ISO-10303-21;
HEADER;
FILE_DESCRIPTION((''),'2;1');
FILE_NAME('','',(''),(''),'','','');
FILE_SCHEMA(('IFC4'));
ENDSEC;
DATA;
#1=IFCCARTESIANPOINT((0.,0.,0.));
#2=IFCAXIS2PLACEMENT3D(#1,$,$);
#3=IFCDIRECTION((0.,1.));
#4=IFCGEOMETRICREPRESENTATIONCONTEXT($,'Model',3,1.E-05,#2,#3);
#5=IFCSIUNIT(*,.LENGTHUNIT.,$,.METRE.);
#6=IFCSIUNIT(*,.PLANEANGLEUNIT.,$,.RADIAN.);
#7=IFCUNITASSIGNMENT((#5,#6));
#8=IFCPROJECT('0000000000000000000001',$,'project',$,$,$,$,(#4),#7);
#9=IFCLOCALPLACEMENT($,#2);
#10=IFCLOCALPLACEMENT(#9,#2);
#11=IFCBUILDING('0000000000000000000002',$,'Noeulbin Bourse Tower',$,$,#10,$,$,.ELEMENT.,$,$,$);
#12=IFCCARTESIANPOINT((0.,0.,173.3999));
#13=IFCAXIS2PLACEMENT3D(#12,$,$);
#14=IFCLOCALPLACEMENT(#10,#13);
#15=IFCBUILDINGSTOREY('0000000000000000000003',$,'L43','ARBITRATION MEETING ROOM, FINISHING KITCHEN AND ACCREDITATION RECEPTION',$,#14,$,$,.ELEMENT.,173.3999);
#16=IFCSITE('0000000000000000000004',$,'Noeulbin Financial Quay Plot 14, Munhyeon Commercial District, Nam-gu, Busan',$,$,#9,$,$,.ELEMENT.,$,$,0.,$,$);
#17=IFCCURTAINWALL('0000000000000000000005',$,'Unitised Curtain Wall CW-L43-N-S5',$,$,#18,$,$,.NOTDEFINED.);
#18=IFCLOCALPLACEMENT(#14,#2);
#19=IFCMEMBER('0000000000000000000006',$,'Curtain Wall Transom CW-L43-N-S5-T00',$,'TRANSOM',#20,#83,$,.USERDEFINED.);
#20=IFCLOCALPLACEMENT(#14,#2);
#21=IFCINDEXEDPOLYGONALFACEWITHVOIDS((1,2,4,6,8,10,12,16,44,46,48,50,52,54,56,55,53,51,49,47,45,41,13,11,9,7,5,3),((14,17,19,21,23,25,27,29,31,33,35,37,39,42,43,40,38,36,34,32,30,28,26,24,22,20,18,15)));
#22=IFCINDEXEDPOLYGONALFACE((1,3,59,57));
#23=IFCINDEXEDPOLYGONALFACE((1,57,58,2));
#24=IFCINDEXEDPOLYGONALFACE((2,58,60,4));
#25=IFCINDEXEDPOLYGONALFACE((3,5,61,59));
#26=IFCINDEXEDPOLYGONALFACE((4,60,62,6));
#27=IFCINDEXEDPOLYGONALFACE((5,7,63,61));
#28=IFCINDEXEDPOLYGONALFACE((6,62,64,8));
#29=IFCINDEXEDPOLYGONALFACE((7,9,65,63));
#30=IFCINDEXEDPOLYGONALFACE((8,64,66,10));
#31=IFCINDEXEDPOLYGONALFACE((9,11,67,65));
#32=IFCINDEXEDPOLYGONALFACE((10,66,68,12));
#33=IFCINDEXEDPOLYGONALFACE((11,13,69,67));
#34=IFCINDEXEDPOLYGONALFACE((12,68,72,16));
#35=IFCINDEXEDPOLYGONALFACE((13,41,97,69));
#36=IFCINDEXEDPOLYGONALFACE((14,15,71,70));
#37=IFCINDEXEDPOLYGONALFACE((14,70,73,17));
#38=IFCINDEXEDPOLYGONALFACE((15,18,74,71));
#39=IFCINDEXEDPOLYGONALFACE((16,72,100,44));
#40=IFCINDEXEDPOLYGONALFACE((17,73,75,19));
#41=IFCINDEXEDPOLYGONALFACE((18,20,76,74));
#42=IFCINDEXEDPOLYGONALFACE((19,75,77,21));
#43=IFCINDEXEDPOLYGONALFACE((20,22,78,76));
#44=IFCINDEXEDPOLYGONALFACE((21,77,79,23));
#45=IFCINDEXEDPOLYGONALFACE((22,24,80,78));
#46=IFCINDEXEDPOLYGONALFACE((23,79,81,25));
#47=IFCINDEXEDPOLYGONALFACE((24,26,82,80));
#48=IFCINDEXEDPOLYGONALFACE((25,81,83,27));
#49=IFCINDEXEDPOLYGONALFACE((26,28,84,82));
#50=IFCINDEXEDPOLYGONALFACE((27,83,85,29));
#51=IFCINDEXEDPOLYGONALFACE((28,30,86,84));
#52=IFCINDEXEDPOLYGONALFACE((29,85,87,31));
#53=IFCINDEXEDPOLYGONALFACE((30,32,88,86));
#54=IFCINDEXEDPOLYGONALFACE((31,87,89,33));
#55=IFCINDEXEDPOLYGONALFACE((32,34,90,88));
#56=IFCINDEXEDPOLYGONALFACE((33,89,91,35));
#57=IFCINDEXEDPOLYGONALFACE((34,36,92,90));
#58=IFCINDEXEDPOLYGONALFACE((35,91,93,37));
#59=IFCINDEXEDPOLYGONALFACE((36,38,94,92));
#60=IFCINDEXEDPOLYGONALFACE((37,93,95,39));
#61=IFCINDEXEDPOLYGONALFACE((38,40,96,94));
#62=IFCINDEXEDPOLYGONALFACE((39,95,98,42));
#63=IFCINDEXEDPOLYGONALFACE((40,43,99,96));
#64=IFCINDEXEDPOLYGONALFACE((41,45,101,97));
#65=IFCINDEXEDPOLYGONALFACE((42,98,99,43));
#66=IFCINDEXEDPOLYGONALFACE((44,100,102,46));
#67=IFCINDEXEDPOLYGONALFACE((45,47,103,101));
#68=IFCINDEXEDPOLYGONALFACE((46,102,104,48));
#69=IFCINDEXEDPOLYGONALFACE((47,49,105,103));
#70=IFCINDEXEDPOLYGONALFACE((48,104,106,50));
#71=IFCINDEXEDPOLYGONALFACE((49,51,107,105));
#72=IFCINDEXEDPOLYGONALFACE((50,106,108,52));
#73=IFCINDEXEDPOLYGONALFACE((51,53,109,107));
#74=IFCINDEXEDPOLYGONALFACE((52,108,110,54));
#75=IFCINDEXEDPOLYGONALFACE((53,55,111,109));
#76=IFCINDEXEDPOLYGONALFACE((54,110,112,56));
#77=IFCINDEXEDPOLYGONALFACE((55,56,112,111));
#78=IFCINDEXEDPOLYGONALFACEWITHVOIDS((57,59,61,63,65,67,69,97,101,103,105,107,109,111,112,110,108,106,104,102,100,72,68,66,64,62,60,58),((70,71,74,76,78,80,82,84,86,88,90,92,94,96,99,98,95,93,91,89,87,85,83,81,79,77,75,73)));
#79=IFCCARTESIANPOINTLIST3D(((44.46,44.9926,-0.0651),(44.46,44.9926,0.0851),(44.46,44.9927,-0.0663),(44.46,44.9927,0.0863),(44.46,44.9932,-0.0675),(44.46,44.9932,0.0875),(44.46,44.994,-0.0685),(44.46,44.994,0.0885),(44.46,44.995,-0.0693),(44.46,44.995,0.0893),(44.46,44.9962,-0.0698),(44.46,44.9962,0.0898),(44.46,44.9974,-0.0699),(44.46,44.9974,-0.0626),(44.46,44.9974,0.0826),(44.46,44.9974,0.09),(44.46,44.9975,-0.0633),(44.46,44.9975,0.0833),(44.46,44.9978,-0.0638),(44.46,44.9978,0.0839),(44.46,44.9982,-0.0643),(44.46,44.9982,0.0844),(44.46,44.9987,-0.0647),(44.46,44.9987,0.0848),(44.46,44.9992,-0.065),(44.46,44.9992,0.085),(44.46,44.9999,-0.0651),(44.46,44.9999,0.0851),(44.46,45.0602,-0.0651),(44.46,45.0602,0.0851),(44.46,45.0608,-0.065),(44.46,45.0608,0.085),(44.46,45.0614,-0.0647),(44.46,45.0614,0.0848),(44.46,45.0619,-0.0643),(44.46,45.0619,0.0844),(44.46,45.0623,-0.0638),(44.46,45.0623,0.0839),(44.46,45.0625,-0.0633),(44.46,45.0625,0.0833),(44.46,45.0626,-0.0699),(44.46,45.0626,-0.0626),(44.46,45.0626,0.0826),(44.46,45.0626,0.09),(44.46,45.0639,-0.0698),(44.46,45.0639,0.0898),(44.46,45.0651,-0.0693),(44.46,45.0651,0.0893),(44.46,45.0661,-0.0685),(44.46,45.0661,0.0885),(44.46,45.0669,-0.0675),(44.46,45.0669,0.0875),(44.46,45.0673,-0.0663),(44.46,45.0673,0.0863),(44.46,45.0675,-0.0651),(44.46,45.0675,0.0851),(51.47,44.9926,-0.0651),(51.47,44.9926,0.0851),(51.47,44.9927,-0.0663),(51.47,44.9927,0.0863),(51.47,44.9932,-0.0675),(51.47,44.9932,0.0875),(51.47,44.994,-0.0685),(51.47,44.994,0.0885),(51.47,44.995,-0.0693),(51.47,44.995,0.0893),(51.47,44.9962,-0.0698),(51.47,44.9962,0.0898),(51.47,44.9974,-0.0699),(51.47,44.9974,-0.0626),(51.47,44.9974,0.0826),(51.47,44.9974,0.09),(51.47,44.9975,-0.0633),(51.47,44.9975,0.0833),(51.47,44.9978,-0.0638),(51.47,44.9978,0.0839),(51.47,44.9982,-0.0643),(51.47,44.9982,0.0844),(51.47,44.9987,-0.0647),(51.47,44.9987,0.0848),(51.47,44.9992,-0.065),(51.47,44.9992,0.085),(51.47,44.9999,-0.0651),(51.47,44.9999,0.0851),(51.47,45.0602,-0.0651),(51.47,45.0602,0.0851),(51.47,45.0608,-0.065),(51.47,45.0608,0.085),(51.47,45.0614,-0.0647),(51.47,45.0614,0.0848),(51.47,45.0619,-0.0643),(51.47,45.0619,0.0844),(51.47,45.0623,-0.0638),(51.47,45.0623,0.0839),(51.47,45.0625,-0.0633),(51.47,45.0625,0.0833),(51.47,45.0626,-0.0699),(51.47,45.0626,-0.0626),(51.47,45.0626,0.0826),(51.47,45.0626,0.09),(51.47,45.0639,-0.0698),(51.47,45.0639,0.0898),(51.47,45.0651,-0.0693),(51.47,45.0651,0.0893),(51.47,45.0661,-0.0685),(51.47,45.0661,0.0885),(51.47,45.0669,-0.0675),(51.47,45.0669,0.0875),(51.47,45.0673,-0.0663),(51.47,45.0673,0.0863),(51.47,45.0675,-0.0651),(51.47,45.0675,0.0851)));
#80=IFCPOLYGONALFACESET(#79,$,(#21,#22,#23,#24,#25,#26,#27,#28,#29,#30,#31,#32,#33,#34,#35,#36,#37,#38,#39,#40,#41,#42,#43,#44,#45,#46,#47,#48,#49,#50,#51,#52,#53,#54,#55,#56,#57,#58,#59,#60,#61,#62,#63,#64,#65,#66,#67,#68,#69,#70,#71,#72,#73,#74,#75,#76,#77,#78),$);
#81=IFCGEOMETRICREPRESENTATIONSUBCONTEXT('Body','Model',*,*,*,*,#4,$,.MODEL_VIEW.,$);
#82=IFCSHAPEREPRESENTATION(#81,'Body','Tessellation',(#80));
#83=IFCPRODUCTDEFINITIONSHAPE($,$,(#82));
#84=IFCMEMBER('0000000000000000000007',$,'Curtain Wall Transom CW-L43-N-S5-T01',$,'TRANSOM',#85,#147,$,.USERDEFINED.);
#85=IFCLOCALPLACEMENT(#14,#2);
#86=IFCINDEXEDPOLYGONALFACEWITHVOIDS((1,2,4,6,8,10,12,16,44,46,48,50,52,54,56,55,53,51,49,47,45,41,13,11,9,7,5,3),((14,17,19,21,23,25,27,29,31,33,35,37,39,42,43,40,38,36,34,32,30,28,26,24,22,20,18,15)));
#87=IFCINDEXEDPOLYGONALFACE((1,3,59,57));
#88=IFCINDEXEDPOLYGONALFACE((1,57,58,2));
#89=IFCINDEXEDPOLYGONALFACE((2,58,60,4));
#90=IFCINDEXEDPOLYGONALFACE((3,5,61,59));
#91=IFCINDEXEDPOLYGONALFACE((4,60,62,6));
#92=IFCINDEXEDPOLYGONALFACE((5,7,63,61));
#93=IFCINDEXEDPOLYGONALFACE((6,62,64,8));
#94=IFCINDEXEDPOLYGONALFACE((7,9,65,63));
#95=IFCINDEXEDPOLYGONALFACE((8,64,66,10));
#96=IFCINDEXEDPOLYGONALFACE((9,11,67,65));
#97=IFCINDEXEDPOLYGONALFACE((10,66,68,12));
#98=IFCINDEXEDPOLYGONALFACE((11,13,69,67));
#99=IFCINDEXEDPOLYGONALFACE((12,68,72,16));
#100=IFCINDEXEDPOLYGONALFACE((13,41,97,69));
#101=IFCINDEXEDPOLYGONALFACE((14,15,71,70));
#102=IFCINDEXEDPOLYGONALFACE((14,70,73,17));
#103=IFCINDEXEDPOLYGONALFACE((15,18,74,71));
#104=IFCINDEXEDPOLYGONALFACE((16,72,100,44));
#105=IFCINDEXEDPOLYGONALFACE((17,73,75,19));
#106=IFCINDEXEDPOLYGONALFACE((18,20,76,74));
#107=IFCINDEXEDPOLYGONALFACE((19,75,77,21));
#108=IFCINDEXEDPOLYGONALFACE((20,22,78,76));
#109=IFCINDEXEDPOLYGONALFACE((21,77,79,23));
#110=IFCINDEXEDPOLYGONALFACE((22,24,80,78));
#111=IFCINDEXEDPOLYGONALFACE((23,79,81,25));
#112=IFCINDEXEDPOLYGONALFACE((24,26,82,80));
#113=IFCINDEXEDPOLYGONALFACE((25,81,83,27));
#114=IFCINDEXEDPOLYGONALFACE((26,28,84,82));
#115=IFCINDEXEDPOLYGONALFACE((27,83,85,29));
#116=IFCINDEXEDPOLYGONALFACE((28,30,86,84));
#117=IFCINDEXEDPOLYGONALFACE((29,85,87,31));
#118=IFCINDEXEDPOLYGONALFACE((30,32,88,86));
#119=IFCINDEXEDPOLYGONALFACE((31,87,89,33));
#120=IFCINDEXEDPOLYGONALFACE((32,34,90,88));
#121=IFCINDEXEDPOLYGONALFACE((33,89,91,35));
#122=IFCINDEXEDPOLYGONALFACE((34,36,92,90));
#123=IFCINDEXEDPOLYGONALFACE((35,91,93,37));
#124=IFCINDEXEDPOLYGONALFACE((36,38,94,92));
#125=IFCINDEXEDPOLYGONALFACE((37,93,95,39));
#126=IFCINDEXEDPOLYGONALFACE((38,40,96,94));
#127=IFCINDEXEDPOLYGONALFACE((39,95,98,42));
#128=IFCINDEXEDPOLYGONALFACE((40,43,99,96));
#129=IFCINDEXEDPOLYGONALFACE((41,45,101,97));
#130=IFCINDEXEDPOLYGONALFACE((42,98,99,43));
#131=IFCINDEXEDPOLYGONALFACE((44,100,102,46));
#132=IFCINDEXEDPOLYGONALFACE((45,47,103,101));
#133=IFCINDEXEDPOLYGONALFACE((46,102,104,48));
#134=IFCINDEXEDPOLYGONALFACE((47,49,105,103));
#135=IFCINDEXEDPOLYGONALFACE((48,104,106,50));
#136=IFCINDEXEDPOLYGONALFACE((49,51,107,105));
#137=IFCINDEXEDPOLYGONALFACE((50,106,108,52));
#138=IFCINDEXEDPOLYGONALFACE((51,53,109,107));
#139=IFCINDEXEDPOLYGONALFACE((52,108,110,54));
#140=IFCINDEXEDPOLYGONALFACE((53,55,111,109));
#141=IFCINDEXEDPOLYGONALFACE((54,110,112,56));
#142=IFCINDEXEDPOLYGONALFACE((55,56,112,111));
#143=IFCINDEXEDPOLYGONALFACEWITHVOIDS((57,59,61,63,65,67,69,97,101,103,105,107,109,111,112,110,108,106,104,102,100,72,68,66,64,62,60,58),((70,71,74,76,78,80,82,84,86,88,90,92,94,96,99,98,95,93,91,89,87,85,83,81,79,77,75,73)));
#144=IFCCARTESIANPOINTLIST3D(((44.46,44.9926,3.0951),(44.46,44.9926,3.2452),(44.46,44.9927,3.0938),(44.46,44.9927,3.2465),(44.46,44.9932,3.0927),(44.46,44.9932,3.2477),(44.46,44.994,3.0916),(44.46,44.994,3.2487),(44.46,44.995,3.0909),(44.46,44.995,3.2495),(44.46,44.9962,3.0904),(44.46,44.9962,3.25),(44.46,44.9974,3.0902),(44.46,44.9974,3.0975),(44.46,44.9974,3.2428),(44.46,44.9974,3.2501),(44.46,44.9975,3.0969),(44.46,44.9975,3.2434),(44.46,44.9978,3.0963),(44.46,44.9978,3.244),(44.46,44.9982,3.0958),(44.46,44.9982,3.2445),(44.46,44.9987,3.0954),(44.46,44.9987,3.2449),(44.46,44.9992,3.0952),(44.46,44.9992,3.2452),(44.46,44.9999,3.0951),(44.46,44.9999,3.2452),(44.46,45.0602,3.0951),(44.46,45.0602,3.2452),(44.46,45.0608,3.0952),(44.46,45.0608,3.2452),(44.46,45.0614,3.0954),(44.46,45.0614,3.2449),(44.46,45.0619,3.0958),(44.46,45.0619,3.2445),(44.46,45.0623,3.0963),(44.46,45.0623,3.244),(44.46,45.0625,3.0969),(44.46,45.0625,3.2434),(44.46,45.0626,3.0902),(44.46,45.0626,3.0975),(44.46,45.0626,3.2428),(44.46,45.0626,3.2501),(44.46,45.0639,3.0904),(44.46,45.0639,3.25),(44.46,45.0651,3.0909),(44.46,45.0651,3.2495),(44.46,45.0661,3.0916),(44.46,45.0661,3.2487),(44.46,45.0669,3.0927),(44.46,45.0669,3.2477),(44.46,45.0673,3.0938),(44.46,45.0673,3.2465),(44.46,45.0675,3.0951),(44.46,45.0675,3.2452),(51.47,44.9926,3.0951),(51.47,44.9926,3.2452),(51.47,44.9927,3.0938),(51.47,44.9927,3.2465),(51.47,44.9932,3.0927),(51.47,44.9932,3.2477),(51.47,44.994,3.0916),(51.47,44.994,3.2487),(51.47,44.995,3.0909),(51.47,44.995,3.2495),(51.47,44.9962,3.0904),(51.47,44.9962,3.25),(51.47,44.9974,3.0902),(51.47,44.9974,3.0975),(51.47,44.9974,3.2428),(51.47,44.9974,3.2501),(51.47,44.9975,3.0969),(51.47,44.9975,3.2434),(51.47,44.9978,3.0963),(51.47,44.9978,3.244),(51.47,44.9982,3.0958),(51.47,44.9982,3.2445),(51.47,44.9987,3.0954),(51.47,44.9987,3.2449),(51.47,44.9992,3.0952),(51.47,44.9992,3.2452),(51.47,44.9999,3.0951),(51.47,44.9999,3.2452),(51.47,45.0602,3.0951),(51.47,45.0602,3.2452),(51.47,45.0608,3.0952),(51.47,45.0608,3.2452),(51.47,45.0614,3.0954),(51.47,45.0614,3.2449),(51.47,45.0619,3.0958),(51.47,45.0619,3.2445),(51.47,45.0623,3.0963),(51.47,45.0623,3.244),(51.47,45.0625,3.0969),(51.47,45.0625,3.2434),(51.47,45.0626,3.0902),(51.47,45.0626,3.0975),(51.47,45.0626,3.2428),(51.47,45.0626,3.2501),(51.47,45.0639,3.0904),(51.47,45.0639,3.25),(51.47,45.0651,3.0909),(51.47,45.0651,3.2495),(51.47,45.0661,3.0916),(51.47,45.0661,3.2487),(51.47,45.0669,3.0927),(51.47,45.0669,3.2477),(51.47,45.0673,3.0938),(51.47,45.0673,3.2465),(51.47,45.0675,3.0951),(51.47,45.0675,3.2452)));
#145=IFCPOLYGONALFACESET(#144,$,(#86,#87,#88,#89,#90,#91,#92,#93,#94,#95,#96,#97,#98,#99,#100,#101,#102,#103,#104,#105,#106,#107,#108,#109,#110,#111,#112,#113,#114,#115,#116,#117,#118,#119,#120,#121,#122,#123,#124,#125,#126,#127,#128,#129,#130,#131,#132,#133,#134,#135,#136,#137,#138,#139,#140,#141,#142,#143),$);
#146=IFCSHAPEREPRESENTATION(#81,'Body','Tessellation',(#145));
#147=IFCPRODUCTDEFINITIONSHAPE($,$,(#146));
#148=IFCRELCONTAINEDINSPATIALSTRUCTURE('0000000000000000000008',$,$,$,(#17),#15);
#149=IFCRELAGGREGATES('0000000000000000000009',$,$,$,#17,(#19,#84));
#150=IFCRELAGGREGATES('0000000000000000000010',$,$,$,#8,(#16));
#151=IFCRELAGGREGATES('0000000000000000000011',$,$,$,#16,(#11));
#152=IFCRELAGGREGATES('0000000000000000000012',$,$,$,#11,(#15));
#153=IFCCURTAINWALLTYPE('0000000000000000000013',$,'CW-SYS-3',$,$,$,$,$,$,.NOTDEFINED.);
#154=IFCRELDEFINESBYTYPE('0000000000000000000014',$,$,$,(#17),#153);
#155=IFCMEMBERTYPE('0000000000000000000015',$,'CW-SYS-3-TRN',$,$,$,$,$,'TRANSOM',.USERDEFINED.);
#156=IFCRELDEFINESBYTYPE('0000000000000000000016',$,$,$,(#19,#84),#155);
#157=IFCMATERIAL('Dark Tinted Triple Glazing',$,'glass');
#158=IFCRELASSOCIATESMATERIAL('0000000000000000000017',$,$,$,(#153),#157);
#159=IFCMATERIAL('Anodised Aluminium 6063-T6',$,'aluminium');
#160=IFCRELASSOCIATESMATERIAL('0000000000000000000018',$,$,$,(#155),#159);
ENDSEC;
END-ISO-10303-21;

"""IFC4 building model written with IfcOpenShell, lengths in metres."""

from ifc_helpers import new_model, si_unit, direction, frame, origin, origin_2d, place, context, subcontext, project, spatial, hollow_rectangle, extrude, material, material_profile, profile_set, type_object, element, aggregate, save


model = new_model("IFC4")

# Units and contexts
model_context = context("Model", 3, precision=1e-05, world=origin(), true_north=direction((0.0, 1.0)))
body_context = subcontext(model_context, "Body", "Model", "MODEL_VIEW")
ifc_project = project(units=[si_unit("LENGTHUNIT", "METRE"), si_unit("PLANEANGLEUNIT", "RADIAN")], contexts=[model_context])

# Site, building, storey
site_placement = place(None, origin())
site = spatial("IfcSite", under=ifc_project, at=site_placement, Name="Noeulbin Financial Quay Plot 14, Munhyeon Commercial District, Nam-gu, Busan", CompositionType="ELEMENT", RefElevation=0.0)
building_placement = place(site_placement, origin())
building = spatial("IfcBuilding", under=site, at=building_placement, Name="Noeulbin Bourse Tower", CompositionType="ELEMENT")
storey_placement = place(building_placement, frame((0.0, 0.0, 173.3999)))
storey = spatial("IfcBuildingStorey", under=building, at=storey_placement, Name="L43", Description="ARBITRATION MEETING ROOM, FINISHING KITCHEN AND ACCREDITATION RECEPTION", CompositionType="ELEMENT", Elevation=173.3999)

# Shared definitions
ifc_material_1 = material(Name="Dark Tinted Triple Glazing", Category="glass")
curtain_wall_type = type_object("IfcCurtainWallType", Name="CW-SYS-3", PredefinedType="NOTDEFINED", material=ifc_material_1)
ifc_material_2 = material(Name="Anodised Aluminium 6063-T6", Category="aluminium")

# Curtain wall
curtain_wall_1_placement = place(storey_placement, origin())
curtain_wall_1 = element("IfcCurtainWall", 1, at=curtain_wall_1_placement, inside=storey, type_object=curtain_wall_type, Name="Unitised Curtain Wall CW-L43-N-S5", PredefinedType="NOTDEFINED")

# Members
ifc_material_profile_1 = material_profile(ifc_material_2, hollow_rectangle(XDim=0.075, YDim=0.1599, WallThickness=0.0049, InnerFilletRadius=0.0024, OuterFilletRadius=0.0049, at=origin_2d()), Name="ALU-TRAN-75x160x5", Category="LoadBearing")
ifc_profile_set_1 = profile_set([ifc_material_profile_1], Name="Anodised Aluminium 6063-T6")
member_type_1 = type_object("IfcMemberType", Name="CW-SYS-3-TRN", ElementType="TRANSOM", PredefinedType="USERDEFINED", material=ifc_profile_set_1)
member_1_placement = place(storey_placement, frame((44.46, 45.03, 0.01), z_axis=(1.0, 0.0, 0.0), x_axis=(0.0, 1.0, 0.0)))
member_1 = element("IfcMember", 2, at=member_1_placement, type_object=member_type_1, Name="Curtain Wall Transom CW-L43-N-S5-T00", ObjectType="TRANSOM", PredefinedType="USERDEFINED", context=body_context, shape_type="SweptSolid", body=[
    extrude(hollow_rectangle(XDim=0.075, YDim=0.1599, WallThickness=0.0049, InnerFilletRadius=0.0024, OuterFilletRadius=0.0049, at=origin_2d()), origin(), (0.0, 0.0, 1.0), 7.01),
])
member_2_placement = place(storey_placement, frame((44.46, 45.03, 3.1702), z_axis=(1.0, 0.0, 0.0), x_axis=(0.0, 1.0, 0.0)))
member_2 = element("IfcMember", 3, at=member_2_placement, type_object=member_type_1, Name="Curtain Wall Transom CW-L43-N-S5-T01", ObjectType="TRANSOM", PredefinedType="USERDEFINED", context=body_context, shape_type="SweptSolid", body=[
    extrude(hollow_rectangle(XDim=0.075, YDim=0.1599, WallThickness=0.0049, InnerFilletRadius=0.0024, OuterFilletRadius=0.0049, at=origin_2d()), origin(), (0.0, 0.0, 1.0), 7.01),
])

aggregate(curtain_wall_1, [member_1, member_2])

save(model, "model.ifc")
